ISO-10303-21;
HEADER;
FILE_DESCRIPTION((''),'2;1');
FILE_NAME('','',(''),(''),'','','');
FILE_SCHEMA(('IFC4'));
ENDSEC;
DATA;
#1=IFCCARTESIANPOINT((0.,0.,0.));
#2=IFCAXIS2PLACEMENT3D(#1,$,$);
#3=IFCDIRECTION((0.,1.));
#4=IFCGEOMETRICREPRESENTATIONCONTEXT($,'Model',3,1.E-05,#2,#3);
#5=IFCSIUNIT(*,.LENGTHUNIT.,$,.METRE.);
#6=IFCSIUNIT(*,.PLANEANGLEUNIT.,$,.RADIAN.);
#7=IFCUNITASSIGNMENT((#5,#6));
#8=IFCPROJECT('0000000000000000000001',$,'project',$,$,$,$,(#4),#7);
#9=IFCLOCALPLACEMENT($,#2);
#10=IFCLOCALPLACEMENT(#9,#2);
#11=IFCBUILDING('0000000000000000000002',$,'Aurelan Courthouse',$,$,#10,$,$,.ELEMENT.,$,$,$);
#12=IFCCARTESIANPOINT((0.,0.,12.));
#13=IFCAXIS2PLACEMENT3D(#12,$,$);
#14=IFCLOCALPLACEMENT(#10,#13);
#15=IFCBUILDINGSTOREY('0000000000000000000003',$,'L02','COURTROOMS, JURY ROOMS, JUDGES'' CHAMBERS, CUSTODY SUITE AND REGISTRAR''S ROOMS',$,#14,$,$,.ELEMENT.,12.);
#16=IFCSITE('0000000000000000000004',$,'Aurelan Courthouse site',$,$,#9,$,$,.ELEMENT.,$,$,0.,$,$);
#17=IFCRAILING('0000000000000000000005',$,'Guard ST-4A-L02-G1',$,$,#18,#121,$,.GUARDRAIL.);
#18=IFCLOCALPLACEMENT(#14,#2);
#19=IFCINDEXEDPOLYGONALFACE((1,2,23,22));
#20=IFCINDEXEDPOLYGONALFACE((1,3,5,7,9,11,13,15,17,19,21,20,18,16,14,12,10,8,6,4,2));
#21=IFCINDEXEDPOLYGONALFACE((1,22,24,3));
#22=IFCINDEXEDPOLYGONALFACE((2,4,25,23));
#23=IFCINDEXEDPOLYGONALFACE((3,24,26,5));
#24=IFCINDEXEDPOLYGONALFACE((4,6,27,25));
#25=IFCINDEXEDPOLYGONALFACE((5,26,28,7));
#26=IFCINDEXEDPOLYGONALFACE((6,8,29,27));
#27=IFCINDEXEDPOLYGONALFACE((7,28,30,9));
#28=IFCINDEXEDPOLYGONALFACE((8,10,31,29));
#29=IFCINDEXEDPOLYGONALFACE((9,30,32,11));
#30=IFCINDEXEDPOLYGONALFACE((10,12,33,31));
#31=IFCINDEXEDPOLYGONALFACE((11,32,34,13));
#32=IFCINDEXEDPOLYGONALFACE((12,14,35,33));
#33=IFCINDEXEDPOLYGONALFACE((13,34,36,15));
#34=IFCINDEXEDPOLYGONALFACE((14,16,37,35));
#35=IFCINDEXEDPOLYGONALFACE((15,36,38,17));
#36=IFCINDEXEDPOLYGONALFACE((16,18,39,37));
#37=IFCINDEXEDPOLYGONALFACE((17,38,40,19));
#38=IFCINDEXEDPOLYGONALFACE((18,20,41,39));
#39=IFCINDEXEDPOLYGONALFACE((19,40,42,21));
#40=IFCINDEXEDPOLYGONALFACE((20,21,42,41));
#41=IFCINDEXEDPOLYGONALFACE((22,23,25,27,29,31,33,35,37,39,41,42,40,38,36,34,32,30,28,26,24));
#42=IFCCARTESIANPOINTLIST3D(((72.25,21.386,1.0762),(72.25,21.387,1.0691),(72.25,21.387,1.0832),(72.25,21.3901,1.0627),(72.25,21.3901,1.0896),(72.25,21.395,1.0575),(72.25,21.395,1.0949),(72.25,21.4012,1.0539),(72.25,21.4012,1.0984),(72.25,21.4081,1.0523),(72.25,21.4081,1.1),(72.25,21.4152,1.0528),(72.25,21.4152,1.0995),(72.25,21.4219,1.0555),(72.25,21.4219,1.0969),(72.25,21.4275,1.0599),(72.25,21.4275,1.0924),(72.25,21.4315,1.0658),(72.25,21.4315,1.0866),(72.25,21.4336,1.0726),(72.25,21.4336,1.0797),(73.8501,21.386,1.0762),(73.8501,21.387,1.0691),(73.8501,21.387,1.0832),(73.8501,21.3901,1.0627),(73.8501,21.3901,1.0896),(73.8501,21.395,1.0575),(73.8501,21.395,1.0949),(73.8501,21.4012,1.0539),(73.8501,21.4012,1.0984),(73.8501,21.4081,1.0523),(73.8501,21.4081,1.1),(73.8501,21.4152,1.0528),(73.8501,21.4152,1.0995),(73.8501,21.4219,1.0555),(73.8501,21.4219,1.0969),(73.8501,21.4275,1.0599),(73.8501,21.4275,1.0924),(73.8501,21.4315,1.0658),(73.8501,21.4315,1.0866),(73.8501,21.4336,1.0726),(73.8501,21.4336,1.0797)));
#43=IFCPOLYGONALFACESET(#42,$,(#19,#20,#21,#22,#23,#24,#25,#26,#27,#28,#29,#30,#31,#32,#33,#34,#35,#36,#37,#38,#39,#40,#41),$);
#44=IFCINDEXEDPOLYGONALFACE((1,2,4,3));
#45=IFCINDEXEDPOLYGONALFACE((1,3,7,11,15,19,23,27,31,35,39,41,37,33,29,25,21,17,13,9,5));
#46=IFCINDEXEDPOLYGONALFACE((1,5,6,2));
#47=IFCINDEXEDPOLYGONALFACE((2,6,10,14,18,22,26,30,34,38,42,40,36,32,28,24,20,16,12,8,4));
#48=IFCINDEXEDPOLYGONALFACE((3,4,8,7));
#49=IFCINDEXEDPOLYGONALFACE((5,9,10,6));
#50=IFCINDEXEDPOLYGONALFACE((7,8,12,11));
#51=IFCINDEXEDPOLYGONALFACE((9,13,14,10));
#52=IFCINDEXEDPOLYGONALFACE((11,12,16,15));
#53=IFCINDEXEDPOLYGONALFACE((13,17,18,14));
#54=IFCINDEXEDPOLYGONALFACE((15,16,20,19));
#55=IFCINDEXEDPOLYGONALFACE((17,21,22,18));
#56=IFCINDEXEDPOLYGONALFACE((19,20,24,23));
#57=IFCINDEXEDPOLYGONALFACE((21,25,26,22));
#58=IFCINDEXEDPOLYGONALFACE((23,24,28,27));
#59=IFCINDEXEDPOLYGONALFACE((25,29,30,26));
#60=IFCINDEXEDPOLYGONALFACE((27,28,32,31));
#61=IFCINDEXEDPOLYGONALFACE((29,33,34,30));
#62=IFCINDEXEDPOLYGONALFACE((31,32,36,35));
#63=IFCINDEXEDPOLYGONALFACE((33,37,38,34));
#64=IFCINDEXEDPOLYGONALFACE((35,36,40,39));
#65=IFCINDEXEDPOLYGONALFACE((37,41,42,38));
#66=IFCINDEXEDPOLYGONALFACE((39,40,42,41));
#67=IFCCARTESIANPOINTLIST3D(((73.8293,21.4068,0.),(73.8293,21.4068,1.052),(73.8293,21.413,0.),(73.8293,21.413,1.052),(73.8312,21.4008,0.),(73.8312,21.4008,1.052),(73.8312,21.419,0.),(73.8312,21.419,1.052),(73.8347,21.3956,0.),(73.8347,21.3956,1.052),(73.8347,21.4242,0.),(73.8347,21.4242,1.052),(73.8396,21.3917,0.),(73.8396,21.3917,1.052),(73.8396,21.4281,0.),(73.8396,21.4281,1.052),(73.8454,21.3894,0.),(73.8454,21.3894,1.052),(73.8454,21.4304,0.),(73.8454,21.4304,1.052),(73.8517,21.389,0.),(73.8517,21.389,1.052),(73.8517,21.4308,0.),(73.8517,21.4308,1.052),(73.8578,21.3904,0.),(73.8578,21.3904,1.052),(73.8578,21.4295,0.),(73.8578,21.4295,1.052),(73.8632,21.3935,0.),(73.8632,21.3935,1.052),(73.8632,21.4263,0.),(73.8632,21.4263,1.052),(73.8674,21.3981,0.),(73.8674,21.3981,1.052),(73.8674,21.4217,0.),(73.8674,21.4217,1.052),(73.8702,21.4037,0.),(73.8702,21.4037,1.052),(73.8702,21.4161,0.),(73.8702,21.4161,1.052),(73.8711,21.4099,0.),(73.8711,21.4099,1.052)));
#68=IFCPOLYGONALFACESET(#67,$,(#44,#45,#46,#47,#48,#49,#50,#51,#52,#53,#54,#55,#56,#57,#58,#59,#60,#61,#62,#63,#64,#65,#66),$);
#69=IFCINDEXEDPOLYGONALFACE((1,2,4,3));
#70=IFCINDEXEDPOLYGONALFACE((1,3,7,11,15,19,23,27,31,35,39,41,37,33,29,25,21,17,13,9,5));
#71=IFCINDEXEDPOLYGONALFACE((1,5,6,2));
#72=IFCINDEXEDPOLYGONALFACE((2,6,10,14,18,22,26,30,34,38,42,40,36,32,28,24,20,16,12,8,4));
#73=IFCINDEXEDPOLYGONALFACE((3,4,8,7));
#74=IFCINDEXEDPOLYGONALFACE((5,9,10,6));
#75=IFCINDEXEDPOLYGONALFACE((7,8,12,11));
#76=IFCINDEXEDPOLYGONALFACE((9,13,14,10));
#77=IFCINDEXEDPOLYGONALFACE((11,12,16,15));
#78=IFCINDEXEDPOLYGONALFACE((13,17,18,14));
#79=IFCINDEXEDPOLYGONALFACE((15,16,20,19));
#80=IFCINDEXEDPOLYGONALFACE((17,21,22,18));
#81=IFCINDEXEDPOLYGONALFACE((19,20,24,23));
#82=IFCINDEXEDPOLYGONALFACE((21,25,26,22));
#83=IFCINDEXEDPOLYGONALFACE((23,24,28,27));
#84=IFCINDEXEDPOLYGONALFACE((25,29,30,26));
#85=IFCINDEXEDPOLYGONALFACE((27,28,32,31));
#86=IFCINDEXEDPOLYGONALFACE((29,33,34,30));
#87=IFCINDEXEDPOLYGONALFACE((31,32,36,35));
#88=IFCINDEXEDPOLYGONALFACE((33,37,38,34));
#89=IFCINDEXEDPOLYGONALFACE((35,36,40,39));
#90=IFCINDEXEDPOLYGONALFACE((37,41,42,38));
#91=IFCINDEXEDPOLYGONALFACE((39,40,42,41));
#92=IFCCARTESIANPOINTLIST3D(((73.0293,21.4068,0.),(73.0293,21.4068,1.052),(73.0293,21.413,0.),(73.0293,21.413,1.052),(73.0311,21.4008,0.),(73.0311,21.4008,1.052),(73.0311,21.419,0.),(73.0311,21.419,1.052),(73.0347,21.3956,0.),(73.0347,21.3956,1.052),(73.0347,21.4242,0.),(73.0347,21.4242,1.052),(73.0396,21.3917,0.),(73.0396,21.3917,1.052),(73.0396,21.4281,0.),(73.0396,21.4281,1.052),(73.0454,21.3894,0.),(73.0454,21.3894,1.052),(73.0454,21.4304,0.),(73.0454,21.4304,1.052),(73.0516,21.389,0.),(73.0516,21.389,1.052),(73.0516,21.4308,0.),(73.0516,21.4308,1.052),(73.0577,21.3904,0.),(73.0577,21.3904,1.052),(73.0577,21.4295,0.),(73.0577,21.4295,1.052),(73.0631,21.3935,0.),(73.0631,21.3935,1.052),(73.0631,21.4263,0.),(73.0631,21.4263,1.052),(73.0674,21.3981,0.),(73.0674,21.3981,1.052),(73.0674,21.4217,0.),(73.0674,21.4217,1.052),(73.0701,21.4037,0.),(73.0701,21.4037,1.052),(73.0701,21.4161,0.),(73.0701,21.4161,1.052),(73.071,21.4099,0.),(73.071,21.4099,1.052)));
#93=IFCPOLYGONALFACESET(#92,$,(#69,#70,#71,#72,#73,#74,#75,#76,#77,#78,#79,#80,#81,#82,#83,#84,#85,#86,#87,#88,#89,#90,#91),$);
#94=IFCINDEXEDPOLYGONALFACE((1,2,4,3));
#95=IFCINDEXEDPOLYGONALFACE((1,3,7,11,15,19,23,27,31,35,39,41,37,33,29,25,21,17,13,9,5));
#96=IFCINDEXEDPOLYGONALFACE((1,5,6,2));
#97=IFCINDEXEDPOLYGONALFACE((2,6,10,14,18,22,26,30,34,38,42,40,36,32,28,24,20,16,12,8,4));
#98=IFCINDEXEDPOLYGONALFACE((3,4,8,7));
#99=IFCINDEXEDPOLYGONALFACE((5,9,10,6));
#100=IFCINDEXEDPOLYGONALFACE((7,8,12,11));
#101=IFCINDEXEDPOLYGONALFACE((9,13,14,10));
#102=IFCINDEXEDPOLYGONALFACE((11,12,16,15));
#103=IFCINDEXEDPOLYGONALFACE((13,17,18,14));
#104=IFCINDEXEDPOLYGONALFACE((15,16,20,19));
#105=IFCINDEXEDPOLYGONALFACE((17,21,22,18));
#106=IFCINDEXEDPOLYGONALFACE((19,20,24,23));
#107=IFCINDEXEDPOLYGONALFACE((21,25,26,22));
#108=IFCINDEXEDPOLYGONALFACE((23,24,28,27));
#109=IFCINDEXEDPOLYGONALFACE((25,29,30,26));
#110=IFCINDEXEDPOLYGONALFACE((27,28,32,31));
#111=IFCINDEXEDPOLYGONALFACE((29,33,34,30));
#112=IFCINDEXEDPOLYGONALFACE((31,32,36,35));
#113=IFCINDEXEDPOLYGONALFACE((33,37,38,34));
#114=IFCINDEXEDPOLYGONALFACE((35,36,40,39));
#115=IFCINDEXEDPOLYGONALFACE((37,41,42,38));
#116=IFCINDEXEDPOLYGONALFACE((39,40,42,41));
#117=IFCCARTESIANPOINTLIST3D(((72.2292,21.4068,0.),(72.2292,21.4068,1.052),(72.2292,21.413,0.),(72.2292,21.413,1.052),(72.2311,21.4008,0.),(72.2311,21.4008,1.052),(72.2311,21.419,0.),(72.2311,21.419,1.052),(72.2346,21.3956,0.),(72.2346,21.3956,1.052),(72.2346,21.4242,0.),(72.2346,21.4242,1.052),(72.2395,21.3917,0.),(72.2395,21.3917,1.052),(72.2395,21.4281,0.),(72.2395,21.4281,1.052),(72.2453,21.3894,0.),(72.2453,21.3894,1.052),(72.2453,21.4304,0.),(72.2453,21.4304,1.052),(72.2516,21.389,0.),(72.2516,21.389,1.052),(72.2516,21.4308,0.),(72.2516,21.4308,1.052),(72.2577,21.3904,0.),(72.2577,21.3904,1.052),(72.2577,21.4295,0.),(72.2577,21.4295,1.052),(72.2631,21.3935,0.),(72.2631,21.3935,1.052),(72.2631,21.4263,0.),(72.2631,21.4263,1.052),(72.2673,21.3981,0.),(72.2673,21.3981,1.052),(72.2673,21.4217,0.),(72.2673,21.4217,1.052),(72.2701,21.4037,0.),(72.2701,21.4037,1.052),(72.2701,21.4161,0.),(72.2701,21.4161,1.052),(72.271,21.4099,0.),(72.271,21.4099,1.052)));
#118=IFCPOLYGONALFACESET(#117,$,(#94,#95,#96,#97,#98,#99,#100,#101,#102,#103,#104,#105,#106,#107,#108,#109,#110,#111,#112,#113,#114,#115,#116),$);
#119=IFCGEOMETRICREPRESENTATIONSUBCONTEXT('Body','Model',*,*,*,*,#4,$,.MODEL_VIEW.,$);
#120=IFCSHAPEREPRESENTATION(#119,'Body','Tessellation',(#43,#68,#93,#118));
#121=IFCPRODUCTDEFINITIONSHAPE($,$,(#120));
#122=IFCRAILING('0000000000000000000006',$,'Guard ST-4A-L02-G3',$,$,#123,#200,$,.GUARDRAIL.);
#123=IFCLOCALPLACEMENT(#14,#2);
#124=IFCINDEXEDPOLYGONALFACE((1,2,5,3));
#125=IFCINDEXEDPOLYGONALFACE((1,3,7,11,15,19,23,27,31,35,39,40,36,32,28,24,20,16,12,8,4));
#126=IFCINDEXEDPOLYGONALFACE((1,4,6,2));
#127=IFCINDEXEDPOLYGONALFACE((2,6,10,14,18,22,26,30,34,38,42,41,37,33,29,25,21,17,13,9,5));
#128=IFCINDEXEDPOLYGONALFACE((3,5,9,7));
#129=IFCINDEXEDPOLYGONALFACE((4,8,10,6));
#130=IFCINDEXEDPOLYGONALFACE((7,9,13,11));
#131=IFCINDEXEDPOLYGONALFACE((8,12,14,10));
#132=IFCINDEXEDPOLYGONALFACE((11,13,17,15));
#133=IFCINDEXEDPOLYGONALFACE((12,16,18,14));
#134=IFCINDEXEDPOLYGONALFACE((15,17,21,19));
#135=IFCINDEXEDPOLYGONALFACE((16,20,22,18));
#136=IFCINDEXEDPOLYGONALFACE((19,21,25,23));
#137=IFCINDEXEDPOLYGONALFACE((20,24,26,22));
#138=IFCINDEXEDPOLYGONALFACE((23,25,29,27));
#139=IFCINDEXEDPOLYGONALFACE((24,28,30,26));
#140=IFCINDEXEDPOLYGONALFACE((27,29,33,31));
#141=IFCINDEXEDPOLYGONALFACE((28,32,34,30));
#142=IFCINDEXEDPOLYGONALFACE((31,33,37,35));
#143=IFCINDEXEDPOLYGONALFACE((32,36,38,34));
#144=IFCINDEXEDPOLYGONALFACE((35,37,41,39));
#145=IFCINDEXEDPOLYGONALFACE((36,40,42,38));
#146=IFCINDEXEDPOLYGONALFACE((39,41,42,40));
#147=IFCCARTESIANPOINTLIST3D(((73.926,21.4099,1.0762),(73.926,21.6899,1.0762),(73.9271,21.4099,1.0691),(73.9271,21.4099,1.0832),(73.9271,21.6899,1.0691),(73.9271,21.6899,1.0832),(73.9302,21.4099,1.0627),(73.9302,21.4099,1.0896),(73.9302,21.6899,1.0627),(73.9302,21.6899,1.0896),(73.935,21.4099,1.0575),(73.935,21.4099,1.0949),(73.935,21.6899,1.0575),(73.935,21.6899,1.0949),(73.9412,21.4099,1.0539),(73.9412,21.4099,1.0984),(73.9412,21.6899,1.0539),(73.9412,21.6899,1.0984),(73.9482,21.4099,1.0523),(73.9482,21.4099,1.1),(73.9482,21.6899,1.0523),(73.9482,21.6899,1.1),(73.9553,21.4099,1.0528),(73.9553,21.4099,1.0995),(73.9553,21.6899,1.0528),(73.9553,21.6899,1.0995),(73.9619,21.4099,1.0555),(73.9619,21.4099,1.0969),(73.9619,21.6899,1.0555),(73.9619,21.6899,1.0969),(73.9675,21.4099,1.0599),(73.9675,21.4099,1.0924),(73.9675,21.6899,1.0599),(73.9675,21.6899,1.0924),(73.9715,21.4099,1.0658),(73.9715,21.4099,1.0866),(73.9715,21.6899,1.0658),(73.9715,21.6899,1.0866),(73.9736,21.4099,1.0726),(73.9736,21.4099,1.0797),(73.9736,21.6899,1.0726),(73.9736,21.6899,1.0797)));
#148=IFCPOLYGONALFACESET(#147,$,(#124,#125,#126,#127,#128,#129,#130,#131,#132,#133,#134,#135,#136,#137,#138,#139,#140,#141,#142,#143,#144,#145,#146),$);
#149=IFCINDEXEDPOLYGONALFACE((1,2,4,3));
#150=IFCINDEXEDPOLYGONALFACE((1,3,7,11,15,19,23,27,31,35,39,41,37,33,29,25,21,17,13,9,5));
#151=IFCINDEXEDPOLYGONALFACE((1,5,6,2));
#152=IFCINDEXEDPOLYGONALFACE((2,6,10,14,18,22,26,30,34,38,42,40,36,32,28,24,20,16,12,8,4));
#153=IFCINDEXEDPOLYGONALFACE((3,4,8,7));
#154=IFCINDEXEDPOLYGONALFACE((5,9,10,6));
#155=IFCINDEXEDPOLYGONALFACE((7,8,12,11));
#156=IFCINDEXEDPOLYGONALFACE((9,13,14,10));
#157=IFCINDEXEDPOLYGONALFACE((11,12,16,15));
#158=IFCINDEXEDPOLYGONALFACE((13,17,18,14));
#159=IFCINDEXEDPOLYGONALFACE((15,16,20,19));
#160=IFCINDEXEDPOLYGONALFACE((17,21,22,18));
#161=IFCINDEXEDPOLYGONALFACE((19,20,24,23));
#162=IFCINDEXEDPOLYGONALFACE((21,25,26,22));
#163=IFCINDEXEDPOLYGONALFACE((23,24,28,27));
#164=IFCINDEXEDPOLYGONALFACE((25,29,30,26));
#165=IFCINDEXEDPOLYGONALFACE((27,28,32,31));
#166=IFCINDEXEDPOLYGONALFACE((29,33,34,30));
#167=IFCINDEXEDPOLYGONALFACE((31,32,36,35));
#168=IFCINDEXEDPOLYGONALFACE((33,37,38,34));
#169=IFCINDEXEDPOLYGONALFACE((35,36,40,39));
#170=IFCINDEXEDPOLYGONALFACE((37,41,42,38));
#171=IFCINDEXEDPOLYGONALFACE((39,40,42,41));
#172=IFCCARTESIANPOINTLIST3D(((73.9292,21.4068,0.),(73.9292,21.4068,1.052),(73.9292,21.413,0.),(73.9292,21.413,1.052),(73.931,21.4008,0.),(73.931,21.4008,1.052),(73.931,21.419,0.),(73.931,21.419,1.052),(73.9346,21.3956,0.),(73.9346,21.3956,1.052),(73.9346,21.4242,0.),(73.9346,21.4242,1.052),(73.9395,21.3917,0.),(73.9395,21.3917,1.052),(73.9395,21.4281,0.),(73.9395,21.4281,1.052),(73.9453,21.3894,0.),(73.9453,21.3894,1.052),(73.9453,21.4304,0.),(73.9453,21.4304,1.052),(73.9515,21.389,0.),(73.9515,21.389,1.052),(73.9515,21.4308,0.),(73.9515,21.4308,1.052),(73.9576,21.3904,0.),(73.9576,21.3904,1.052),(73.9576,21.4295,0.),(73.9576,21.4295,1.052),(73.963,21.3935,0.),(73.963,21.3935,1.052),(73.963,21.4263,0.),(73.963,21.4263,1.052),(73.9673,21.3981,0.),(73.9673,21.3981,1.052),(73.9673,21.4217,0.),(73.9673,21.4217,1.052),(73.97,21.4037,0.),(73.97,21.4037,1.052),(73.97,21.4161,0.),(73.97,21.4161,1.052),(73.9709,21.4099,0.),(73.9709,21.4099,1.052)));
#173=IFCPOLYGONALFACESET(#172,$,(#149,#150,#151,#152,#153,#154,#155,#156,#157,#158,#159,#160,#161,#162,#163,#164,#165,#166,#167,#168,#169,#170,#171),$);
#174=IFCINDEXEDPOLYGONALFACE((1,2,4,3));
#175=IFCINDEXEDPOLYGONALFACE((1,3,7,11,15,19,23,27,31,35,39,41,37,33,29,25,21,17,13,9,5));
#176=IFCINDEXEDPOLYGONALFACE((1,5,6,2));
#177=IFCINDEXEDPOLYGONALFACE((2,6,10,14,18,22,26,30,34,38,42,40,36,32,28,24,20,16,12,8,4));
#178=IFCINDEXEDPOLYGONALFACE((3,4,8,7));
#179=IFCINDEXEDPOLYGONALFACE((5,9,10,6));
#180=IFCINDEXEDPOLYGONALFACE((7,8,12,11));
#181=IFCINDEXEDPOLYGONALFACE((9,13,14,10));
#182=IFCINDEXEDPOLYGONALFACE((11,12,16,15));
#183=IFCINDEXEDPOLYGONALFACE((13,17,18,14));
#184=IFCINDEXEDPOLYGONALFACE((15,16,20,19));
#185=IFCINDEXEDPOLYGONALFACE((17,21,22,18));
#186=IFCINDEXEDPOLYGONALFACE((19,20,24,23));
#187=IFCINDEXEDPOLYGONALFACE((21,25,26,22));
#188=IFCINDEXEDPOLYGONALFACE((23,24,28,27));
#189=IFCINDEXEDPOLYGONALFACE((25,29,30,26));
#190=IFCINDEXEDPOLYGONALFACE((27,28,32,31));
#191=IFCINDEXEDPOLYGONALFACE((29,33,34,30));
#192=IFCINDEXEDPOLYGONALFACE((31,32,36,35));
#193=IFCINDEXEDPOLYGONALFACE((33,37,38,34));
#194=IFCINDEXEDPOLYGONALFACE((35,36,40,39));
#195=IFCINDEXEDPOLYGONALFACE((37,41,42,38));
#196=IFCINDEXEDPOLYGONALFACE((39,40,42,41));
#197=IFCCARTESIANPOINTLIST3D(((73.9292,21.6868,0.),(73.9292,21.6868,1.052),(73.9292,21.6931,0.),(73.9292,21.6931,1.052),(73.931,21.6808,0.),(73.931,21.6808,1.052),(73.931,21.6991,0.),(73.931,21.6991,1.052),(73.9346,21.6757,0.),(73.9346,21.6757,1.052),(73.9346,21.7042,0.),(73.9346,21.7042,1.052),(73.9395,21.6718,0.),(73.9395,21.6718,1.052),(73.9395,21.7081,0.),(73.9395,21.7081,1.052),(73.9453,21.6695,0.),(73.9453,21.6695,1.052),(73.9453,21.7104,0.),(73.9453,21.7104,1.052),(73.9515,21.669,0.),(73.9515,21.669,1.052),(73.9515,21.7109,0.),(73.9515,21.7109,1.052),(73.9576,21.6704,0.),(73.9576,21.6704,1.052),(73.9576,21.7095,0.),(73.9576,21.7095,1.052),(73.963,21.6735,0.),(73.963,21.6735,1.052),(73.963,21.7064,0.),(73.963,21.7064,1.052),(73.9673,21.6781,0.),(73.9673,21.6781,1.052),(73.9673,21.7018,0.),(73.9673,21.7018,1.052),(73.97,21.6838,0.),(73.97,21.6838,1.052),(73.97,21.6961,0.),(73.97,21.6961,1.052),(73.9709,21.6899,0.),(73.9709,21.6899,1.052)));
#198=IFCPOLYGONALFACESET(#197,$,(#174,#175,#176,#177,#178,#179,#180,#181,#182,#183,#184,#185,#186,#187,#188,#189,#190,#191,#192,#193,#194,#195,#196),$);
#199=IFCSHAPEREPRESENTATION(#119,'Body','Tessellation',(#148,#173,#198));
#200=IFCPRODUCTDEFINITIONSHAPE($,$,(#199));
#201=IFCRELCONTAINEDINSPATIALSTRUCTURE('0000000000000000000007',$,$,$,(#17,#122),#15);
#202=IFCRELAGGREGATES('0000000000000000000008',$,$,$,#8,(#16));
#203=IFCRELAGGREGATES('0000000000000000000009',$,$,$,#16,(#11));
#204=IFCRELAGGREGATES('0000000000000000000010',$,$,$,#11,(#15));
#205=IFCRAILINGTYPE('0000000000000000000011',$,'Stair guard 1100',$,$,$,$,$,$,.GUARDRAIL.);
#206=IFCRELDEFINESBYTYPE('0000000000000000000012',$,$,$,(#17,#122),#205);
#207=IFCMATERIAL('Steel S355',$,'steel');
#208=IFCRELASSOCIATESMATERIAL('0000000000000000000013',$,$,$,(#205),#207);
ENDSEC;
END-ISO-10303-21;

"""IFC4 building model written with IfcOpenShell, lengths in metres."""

from ifc_helpers import new_model, si_unit, direction, frame, origin, origin_2d, place, context, subcontext, project, spatial, circle, extrude, material, type_object, element, save


model = new_model("IFC4")

# Units and contexts
model_context = context("Model", 3, precision=1e-05, world=origin(), true_north=direction((0.0, 1.0)))
body_context = subcontext(model_context, "Body", "Model", "MODEL_VIEW")
ifc_project = project(units=[si_unit("LENGTHUNIT", "METRE"), si_unit("PLANEANGLEUNIT", "RADIAN")], contexts=[model_context])

# Site, building, storey
site_placement = place(None, origin())
site = spatial("IfcSite", under=ifc_project, at=site_placement, Name="Aurelan Courthouse site", CompositionType="ELEMENT", RefElevation=0.0)
building_placement = place(site_placement, origin())
building = spatial("IfcBuilding", under=site, at=building_placement, Name="Aurelan Courthouse", CompositionType="ELEMENT")
storey_placement = place(building_placement, frame((0.0, 0.0, 12.0)))
storey = spatial("IfcBuildingStorey", under=building, at=storey_placement, Name="L02", Description="COURTROOMS, JURY ROOMS, JUDGES' CHAMBERS, CUSTODY SUITE AND REGISTRAR'S ROOMS", CompositionType="ELEMENT", Elevation=12.0)

# Railings
ifc_material_1 = material(Name="Steel S355", Category="steel")
railing_type_1 = type_object("IfcRailingType", Name="Stair guard 1100", PredefinedType="GUARDRAIL", material=ifc_material_1)
railing_1_placement = place(storey_placement, frame((73.8501, 21.4099, 0.0)))
element("IfcRailing", 1, at=railing_1_placement, inside=storey, type_object=railing_type_1, Name="Guard ST-4A-L02-G1", PredefinedType="GUARDRAIL", context=body_context, shape_type="SweptSolid", body=[
    extrude(circle(Radius=0.0239, at=origin_2d()), frame((0.0, 0.0, 1.0762), z_axis=(-1.0, 0.0, 0.0), x_axis=(0.0, -1.0, 0.0)), (0.0, 0.0, 1.0), 1.6001),
    extrude(circle(Radius=0.021, at=origin_2d()), origin(), (0.0, 0.0, 1.0), 1.052),
    extrude(circle(Radius=0.021, at=origin_2d()), frame((-0.8, 0.0, 0.0)), (0.0, 0.0, 1.0), 1.052),
    extrude(circle(Radius=0.021, at=origin_2d()), frame((-1.6001, 0.0, 0.0)), (0.0, 0.0, 1.0), 1.052),
])
railing_2_placement = place(storey_placement, frame((73.95, 21.4099, 0.0)))
element("IfcRailing", 2, at=railing_2_placement, inside=storey, type_object=railing_type_1, Name="Guard ST-4A-L02-G3", PredefinedType="GUARDRAIL", context=body_context, shape_type="SweptSolid", body=[
    extrude(circle(Radius=0.0239, at=origin_2d()), frame((0.0, 0.0, 1.0762), z_axis=(0.0, 1.0, 0.0), x_axis=(-1.0, 0.0, 0.0)), (0.0, 0.0, 1.0), 0.28),
    extrude(circle(Radius=0.021, at=origin_2d()), origin(), (0.0, 0.0, 1.0), 1.052),
    extrude(circle(Radius=0.021, at=origin_2d()), frame((0.0, 0.28, 0.0)), (0.0, 0.0, 1.0), 1.052),
])

save(model, "model.ifc")
